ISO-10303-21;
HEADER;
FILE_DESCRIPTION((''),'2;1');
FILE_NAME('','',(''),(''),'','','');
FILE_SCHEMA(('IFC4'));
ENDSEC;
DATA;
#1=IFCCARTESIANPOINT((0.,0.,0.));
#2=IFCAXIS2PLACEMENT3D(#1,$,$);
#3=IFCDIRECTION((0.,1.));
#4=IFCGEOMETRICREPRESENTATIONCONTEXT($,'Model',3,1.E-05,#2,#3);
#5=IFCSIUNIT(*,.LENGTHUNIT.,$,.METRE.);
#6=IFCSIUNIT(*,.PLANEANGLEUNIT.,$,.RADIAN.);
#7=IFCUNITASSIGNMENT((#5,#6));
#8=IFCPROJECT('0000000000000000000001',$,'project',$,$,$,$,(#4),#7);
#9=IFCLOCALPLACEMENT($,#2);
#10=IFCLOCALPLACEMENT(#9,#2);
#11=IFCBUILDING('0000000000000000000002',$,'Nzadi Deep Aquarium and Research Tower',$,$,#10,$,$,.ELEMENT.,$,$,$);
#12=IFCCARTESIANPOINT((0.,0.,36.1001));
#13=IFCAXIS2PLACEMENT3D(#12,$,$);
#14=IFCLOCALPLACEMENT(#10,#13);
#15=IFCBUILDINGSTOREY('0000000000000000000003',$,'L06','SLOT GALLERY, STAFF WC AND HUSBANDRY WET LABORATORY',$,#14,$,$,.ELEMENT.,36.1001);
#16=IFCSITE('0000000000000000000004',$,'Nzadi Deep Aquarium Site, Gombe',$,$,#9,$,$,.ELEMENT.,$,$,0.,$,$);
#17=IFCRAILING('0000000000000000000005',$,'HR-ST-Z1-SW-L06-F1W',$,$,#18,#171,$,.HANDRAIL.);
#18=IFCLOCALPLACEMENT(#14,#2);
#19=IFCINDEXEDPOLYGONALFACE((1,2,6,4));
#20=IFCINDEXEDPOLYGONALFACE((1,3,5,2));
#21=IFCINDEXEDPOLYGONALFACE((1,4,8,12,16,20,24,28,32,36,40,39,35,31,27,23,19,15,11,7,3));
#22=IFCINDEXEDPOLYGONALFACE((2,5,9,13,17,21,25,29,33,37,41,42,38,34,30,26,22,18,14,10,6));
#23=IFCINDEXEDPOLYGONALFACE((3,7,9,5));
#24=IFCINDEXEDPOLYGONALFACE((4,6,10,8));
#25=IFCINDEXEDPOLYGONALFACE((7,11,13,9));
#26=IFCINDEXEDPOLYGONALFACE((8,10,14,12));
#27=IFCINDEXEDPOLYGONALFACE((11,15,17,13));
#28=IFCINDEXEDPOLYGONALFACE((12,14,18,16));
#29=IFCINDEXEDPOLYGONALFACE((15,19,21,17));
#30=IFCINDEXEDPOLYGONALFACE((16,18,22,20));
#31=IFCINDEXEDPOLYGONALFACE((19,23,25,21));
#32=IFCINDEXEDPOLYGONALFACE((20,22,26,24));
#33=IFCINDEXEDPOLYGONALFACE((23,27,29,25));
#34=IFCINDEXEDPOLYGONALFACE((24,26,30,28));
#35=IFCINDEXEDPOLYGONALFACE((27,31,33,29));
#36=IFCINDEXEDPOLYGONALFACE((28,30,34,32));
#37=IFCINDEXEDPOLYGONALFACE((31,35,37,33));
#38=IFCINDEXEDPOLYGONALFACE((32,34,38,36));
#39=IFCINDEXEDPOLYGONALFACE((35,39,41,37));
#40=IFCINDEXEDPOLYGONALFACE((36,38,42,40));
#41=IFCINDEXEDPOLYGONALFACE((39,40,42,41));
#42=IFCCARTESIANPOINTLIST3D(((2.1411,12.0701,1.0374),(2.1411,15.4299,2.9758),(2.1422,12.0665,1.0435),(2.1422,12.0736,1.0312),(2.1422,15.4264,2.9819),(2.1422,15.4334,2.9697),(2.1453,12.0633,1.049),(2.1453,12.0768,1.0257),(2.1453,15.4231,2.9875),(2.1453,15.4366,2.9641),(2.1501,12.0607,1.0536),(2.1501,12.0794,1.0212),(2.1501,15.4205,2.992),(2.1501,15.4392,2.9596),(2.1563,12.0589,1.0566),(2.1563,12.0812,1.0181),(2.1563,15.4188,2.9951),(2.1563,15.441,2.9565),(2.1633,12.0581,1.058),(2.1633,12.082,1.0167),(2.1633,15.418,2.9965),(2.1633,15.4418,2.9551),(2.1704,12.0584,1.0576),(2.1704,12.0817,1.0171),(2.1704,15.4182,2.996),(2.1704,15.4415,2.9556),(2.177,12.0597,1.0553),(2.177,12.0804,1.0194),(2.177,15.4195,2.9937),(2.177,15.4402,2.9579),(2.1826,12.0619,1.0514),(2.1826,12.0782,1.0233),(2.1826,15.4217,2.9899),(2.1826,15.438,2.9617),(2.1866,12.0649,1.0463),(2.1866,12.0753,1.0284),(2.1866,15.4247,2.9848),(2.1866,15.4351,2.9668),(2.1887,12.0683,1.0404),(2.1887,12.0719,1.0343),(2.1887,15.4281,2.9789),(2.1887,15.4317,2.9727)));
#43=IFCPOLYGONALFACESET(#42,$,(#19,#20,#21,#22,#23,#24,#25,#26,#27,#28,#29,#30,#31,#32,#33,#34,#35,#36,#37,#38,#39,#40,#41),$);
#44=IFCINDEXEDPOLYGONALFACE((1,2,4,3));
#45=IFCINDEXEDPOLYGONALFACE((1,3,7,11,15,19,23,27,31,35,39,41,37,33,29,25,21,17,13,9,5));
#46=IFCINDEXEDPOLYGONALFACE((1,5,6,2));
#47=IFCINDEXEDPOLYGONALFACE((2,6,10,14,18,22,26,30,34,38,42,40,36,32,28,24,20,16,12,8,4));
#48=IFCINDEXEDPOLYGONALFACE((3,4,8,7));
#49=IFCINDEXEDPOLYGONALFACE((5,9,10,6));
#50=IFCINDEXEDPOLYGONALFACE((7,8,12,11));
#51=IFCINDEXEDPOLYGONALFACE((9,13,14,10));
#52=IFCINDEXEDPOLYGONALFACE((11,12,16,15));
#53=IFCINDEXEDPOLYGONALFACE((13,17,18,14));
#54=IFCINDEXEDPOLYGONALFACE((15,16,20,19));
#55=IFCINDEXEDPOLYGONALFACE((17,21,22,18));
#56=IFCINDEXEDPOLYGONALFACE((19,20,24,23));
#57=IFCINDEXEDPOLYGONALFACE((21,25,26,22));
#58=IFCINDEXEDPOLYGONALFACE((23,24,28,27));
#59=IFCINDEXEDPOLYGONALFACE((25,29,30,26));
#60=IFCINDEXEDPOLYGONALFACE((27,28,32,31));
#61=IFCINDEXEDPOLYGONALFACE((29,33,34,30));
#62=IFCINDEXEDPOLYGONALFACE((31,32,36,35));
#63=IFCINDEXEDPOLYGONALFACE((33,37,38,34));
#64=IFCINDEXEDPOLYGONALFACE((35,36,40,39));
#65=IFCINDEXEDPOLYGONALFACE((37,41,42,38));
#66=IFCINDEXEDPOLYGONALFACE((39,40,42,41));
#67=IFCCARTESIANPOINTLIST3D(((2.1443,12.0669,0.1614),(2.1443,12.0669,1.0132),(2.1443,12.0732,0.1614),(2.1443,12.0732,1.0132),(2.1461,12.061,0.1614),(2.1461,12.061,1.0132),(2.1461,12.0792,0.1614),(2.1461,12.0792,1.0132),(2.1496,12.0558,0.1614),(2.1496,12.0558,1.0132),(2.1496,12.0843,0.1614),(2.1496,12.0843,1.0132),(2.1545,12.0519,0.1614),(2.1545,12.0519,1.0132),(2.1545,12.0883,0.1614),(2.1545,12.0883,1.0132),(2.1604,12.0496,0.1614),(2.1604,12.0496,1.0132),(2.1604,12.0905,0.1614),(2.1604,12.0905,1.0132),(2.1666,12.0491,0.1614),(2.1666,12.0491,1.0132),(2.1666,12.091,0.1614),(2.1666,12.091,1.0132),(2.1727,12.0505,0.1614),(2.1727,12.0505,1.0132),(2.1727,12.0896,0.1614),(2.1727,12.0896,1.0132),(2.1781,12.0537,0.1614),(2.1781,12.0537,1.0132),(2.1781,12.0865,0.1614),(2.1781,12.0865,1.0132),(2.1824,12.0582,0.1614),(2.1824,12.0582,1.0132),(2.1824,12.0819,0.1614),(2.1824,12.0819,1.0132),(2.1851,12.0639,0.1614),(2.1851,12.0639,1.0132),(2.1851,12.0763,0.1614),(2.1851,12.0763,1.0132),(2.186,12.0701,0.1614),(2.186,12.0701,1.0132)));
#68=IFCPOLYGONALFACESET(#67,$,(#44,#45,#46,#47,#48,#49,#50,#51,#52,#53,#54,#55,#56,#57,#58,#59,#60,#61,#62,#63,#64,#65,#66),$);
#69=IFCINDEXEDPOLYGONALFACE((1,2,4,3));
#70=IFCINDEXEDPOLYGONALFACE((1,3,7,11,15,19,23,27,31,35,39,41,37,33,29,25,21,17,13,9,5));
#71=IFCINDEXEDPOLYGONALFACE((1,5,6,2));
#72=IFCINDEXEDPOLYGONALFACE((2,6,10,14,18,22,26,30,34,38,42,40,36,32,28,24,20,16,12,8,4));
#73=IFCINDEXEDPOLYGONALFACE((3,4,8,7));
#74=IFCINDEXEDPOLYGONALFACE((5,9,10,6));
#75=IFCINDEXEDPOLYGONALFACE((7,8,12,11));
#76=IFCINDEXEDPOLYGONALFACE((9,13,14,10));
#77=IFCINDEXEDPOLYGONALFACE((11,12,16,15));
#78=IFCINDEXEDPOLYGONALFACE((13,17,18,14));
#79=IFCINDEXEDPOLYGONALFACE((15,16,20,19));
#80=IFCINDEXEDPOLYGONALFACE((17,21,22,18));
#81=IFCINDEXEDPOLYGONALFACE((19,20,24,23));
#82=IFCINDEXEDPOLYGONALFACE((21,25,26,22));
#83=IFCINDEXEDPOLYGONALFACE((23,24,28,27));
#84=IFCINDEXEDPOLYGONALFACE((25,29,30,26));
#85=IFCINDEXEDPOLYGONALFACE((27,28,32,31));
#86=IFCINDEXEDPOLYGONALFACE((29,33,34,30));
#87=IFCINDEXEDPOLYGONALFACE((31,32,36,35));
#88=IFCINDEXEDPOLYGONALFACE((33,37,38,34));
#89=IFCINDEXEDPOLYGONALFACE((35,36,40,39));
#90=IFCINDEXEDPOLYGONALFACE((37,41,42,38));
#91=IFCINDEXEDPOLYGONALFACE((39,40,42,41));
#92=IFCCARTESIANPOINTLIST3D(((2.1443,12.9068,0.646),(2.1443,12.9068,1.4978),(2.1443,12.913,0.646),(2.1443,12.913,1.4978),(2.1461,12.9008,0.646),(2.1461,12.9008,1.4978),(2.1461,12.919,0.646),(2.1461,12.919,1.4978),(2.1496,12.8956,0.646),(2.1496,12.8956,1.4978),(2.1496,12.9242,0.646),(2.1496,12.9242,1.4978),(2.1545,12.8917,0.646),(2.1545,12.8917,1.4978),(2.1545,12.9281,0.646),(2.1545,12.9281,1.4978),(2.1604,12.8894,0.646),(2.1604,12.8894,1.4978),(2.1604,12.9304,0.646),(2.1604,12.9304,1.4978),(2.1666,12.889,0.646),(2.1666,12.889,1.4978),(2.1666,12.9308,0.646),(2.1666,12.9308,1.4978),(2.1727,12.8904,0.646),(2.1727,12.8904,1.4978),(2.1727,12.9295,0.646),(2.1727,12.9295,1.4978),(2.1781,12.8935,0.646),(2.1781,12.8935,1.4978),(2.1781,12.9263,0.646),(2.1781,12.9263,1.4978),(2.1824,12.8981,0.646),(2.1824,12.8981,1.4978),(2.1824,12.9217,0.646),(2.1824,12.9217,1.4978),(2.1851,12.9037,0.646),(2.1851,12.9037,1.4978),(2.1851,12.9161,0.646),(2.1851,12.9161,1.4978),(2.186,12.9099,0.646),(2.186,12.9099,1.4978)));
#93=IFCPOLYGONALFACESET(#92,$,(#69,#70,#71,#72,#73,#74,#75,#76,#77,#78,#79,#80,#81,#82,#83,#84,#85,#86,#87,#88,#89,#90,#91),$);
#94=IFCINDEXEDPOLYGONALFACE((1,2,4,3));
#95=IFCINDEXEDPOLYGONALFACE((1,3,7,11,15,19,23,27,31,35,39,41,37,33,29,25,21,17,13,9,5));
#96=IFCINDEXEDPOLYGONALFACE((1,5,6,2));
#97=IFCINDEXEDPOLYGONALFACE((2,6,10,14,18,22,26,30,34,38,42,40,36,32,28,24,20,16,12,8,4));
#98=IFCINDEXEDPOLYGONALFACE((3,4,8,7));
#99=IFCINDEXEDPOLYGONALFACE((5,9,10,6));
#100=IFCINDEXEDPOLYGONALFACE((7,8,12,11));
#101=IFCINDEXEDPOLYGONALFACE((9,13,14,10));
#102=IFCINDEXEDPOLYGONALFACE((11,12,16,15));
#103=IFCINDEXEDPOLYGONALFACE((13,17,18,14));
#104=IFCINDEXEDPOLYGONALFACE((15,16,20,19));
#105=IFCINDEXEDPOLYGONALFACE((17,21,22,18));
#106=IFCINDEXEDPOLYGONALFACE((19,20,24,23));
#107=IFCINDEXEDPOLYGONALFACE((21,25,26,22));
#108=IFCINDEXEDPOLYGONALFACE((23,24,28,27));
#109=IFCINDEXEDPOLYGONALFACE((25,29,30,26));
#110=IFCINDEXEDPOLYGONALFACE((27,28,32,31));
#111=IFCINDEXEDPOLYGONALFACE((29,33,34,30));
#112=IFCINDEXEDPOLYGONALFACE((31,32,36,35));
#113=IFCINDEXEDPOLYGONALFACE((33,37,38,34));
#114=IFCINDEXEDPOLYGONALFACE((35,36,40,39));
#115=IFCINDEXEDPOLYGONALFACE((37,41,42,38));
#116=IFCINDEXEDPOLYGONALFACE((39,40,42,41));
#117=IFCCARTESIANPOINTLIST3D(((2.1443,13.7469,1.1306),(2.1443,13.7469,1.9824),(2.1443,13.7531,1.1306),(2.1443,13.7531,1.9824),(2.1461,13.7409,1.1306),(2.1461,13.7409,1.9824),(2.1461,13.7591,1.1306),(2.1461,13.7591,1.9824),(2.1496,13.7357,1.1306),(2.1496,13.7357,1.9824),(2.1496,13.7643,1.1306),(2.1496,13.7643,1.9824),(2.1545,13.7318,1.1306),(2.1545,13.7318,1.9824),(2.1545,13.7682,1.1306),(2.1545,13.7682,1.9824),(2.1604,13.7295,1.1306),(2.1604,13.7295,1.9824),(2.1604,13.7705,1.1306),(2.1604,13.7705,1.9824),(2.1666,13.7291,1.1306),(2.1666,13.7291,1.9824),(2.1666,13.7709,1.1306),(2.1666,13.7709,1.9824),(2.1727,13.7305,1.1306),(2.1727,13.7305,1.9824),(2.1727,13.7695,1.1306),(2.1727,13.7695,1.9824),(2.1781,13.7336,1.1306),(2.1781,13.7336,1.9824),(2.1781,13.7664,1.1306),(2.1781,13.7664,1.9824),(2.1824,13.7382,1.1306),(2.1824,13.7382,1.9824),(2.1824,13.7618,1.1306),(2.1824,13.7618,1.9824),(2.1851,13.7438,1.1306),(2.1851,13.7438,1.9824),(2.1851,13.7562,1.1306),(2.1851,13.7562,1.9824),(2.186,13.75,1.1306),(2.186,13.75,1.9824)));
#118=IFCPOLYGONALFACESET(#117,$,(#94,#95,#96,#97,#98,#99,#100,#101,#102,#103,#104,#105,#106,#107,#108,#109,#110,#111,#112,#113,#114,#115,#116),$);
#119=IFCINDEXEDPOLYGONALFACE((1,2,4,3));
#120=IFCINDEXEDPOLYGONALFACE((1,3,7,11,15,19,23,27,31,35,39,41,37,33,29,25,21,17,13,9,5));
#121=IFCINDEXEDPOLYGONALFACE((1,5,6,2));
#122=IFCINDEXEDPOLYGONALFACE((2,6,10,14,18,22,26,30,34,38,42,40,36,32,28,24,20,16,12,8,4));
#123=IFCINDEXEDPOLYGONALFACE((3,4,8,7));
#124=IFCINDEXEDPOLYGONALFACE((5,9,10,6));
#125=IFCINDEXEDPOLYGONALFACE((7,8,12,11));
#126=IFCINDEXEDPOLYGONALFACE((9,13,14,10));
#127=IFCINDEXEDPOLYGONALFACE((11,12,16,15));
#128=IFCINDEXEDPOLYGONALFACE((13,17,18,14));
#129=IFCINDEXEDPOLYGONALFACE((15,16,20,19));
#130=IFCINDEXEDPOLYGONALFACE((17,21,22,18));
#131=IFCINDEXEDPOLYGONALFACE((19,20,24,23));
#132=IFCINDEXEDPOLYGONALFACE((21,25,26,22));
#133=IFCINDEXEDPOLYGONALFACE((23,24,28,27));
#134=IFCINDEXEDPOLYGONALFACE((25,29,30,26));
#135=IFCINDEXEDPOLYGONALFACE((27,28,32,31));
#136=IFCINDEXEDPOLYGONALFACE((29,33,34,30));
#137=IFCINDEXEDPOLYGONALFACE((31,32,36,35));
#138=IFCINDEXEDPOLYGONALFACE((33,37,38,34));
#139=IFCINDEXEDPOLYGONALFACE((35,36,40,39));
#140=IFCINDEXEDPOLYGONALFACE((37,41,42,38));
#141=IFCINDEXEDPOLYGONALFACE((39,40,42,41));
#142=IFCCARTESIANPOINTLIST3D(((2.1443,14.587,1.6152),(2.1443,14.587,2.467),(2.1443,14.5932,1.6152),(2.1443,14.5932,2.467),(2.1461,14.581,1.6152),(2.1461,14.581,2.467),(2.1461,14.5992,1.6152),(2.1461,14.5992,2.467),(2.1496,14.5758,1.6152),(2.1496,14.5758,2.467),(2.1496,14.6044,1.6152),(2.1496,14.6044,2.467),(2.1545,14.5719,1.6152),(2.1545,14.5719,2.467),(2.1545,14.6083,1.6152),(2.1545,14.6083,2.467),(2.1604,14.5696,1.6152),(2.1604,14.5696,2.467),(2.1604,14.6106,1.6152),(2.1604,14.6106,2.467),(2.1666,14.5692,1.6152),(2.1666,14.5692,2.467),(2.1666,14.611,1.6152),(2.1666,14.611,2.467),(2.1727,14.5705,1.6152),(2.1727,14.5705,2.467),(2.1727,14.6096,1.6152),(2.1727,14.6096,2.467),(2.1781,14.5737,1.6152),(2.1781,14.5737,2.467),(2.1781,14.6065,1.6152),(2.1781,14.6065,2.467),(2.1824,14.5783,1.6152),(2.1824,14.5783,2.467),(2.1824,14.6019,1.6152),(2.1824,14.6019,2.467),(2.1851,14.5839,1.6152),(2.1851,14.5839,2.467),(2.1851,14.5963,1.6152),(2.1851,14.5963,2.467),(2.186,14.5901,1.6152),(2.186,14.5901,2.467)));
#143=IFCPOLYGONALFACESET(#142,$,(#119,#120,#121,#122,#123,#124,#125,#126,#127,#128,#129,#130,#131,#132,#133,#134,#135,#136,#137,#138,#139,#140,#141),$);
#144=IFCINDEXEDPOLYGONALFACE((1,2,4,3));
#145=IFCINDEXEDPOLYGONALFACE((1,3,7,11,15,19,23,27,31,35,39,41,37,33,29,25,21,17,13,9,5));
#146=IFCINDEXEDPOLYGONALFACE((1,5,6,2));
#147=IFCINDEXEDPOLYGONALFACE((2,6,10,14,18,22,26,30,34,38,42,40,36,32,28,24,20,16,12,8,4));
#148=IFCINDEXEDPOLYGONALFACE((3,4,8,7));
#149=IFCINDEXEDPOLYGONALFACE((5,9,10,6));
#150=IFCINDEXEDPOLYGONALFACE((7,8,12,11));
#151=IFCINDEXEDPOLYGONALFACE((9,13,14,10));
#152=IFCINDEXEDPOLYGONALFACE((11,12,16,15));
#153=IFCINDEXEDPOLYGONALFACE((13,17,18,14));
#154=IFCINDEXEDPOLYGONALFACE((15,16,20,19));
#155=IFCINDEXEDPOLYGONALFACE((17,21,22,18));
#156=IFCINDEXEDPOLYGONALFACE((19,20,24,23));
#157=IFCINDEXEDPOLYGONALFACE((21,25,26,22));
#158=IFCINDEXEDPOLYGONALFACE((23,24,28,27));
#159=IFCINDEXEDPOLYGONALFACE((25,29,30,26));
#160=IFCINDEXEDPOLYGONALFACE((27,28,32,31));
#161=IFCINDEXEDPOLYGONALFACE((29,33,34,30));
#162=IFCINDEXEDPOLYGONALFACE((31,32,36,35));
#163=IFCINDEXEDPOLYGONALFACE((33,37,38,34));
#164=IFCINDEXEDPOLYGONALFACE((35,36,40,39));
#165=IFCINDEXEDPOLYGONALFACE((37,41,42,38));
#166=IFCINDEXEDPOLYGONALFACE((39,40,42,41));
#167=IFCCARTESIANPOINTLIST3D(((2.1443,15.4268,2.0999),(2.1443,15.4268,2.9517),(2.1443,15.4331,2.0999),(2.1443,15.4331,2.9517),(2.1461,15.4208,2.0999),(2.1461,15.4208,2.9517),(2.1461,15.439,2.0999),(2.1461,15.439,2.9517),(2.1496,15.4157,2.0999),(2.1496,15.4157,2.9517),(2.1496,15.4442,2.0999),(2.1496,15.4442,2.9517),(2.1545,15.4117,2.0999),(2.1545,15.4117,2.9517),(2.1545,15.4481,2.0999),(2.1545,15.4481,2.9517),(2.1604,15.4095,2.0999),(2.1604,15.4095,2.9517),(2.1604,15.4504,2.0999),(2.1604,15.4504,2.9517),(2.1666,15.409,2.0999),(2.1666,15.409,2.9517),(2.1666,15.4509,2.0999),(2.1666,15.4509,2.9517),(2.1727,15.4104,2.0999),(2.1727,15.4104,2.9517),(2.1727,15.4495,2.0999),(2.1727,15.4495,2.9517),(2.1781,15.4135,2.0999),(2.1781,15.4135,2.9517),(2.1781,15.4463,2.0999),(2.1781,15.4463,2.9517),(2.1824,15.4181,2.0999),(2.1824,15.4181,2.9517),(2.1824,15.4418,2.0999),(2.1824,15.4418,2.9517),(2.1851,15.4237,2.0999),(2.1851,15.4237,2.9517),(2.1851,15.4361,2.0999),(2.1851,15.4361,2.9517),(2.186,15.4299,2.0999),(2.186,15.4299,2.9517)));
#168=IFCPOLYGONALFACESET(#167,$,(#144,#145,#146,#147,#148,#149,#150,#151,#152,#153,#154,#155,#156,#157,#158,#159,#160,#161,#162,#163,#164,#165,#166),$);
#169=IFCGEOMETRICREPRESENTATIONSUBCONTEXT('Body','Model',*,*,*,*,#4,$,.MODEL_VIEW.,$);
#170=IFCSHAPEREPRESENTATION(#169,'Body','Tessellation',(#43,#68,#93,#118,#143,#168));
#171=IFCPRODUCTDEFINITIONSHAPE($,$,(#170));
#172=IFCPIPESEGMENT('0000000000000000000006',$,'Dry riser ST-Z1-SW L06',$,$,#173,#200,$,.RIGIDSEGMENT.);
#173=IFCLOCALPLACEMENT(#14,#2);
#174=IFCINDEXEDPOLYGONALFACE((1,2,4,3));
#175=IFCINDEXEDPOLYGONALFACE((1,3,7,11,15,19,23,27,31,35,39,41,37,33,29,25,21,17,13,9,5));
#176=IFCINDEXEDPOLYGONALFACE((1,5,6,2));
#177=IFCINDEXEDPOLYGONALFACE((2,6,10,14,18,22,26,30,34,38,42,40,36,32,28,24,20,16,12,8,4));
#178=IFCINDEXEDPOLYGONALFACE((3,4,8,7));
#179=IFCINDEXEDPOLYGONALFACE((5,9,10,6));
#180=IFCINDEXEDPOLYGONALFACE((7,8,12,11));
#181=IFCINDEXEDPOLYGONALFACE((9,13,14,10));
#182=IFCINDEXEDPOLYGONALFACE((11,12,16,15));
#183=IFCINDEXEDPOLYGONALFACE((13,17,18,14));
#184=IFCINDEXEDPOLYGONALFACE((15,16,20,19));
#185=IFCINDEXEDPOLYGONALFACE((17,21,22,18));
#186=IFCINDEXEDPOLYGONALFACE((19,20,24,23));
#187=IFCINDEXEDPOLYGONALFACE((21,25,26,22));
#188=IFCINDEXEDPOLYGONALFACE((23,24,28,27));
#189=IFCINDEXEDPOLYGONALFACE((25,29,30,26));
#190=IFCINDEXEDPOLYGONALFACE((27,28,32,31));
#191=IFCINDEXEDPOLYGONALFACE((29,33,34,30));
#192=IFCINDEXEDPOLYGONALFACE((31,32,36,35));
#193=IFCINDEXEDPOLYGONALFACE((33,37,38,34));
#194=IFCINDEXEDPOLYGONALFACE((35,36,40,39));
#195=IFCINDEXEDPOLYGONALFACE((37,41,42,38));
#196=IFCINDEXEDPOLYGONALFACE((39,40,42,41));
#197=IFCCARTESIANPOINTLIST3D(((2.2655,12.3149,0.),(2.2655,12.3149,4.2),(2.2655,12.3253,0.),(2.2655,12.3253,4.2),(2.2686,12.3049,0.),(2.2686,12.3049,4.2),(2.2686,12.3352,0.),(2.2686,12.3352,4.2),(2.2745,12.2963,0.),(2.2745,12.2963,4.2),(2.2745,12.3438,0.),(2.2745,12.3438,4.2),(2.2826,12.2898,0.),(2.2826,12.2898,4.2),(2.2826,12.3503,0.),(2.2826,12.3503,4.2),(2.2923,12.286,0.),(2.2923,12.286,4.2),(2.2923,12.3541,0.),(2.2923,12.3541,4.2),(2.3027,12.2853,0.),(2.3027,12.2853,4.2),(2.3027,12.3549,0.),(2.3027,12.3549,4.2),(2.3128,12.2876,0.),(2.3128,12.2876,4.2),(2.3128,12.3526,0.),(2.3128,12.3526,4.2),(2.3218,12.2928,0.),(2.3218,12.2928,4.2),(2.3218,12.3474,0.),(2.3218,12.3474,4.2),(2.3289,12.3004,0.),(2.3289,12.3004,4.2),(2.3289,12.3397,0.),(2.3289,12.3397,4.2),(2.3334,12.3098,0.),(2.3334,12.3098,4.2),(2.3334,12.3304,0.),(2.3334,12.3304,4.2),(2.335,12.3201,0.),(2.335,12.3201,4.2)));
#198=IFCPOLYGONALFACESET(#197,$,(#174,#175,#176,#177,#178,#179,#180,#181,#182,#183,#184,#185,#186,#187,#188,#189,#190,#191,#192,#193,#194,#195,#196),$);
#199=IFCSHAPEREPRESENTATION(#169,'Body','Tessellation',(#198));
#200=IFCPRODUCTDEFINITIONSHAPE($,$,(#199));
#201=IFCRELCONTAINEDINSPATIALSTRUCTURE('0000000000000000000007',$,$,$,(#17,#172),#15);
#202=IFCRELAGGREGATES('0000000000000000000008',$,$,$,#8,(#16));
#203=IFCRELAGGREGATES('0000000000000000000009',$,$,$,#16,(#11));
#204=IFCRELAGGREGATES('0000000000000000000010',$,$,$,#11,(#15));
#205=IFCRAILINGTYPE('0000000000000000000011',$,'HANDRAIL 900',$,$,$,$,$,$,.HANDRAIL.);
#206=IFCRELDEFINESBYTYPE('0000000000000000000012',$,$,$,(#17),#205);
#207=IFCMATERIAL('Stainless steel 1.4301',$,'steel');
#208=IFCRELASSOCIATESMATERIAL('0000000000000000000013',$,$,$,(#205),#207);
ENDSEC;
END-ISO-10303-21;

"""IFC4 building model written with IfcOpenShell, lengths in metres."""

from ifc_helpers import new_model, si_unit, direction, frame, origin, origin_2d, place, context, subcontext, project, spatial, circle, extrude, material, type_object, element, save


model = new_model("IFC4")

# Units and contexts
model_context = context("Model", 3, precision=1e-05, world=origin(), true_north=direction((0.0, 1.0)))
body_context = subcontext(model_context, "Body", "Model", "MODEL_VIEW")
ifc_project = project(units=[si_unit("LENGTHUNIT", "METRE"), si_unit("PLANEANGLEUNIT", "RADIAN")], contexts=[model_context])

# Site, building, storey
site_placement = place(None, origin())
site = spatial("IfcSite", under=ifc_project, at=site_placement, Name="Nzadi Deep Aquarium Site, Gombe", CompositionType="ELEMENT", RefElevation=0.0)
building_placement = place(site_placement, origin())
building = spatial("IfcBuilding", under=site, at=building_placement, Name="Nzadi Deep Aquarium and Research Tower", CompositionType="ELEMENT")
storey_placement = place(building_placement, frame((0.0, 0.0, 36.1001)))
storey = spatial("IfcBuildingStorey", under=building, at=storey_placement, Name="L06", Description="SLOT GALLERY, STAFF WC AND HUSBANDRY WET LABORATORY", CompositionType="ELEMENT", Elevation=36.1001)

# Railing
ifc_material_1 = material(Name="Stainless steel 1.4301", Category="steel")
railing_type = type_object("IfcRailingType", Name="HANDRAIL 900", PredefinedType="HANDRAIL", material=ifc_material_1)
for number, where, name in (
    (1, (2.165, 12.0701, 0.1614), "HR-ST-Z1-SW-L06-F1W"),
):
    element("IfcRailing", number, at=place(storey_placement, frame(where)), inside=storey, type_object=railing_type, Name=name, PredefinedType="HANDRAIL", context=body_context, shape_type="SweptSolid", body=[
        extrude(circle(Radius=0.0239, at=origin_2d()), frame((0.0, 0.0, 0.876), z_axis=(0.0, 0.866175, 0.499741), x_axis=(-1.0, 0.0, 0.0)), (0.0, 0.0, 1.0), 3.8789),
        extrude(circle(Radius=0.021, at=origin_2d()), origin(), (0.0, 0.0, 1.0), 0.8518),
        extrude(circle(Radius=0.021, at=origin_2d()), frame((0.0, 0.8398, 0.4846)), (0.0, 0.0, 1.0), 0.8518),
        extrude(circle(Radius=0.021, at=origin_2d()), frame((0.0, 1.6799, 0.9692)), (0.0, 0.0, 1.0), 0.8518),
        extrude(circle(Radius=0.021, at=origin_2d()), frame((0.0, 2.52, 1.4539)), (0.0, 0.0, 1.0), 0.8518),
        extrude(circle(Radius=0.021, at=origin_2d()), frame((0.0, 3.3599, 1.9385)), (0.0, 0.0, 1.0), 0.8518),
    ])

# Pipe segment
pipe_segment_placement = place(storey_placement, frame((2.3, 12.3201, 0.0), z_axis=(0.0, 0.0, 1.0), x_axis=(1.0, 0.0, 0.0)))
element("IfcPipeSegment", 2, at=pipe_segment_placement, inside=storey, Name="Dry riser ST-Z1-SW L06", PredefinedType="RIGIDSEGMENT", context=body_context, shape_type="SweptSolid", body=[
    extrude(circle(Radius=0.0349, at=origin_2d()), origin(), (0.0, 0.0, 1.0), 4.2),
])

save(model, "model.ifc")
